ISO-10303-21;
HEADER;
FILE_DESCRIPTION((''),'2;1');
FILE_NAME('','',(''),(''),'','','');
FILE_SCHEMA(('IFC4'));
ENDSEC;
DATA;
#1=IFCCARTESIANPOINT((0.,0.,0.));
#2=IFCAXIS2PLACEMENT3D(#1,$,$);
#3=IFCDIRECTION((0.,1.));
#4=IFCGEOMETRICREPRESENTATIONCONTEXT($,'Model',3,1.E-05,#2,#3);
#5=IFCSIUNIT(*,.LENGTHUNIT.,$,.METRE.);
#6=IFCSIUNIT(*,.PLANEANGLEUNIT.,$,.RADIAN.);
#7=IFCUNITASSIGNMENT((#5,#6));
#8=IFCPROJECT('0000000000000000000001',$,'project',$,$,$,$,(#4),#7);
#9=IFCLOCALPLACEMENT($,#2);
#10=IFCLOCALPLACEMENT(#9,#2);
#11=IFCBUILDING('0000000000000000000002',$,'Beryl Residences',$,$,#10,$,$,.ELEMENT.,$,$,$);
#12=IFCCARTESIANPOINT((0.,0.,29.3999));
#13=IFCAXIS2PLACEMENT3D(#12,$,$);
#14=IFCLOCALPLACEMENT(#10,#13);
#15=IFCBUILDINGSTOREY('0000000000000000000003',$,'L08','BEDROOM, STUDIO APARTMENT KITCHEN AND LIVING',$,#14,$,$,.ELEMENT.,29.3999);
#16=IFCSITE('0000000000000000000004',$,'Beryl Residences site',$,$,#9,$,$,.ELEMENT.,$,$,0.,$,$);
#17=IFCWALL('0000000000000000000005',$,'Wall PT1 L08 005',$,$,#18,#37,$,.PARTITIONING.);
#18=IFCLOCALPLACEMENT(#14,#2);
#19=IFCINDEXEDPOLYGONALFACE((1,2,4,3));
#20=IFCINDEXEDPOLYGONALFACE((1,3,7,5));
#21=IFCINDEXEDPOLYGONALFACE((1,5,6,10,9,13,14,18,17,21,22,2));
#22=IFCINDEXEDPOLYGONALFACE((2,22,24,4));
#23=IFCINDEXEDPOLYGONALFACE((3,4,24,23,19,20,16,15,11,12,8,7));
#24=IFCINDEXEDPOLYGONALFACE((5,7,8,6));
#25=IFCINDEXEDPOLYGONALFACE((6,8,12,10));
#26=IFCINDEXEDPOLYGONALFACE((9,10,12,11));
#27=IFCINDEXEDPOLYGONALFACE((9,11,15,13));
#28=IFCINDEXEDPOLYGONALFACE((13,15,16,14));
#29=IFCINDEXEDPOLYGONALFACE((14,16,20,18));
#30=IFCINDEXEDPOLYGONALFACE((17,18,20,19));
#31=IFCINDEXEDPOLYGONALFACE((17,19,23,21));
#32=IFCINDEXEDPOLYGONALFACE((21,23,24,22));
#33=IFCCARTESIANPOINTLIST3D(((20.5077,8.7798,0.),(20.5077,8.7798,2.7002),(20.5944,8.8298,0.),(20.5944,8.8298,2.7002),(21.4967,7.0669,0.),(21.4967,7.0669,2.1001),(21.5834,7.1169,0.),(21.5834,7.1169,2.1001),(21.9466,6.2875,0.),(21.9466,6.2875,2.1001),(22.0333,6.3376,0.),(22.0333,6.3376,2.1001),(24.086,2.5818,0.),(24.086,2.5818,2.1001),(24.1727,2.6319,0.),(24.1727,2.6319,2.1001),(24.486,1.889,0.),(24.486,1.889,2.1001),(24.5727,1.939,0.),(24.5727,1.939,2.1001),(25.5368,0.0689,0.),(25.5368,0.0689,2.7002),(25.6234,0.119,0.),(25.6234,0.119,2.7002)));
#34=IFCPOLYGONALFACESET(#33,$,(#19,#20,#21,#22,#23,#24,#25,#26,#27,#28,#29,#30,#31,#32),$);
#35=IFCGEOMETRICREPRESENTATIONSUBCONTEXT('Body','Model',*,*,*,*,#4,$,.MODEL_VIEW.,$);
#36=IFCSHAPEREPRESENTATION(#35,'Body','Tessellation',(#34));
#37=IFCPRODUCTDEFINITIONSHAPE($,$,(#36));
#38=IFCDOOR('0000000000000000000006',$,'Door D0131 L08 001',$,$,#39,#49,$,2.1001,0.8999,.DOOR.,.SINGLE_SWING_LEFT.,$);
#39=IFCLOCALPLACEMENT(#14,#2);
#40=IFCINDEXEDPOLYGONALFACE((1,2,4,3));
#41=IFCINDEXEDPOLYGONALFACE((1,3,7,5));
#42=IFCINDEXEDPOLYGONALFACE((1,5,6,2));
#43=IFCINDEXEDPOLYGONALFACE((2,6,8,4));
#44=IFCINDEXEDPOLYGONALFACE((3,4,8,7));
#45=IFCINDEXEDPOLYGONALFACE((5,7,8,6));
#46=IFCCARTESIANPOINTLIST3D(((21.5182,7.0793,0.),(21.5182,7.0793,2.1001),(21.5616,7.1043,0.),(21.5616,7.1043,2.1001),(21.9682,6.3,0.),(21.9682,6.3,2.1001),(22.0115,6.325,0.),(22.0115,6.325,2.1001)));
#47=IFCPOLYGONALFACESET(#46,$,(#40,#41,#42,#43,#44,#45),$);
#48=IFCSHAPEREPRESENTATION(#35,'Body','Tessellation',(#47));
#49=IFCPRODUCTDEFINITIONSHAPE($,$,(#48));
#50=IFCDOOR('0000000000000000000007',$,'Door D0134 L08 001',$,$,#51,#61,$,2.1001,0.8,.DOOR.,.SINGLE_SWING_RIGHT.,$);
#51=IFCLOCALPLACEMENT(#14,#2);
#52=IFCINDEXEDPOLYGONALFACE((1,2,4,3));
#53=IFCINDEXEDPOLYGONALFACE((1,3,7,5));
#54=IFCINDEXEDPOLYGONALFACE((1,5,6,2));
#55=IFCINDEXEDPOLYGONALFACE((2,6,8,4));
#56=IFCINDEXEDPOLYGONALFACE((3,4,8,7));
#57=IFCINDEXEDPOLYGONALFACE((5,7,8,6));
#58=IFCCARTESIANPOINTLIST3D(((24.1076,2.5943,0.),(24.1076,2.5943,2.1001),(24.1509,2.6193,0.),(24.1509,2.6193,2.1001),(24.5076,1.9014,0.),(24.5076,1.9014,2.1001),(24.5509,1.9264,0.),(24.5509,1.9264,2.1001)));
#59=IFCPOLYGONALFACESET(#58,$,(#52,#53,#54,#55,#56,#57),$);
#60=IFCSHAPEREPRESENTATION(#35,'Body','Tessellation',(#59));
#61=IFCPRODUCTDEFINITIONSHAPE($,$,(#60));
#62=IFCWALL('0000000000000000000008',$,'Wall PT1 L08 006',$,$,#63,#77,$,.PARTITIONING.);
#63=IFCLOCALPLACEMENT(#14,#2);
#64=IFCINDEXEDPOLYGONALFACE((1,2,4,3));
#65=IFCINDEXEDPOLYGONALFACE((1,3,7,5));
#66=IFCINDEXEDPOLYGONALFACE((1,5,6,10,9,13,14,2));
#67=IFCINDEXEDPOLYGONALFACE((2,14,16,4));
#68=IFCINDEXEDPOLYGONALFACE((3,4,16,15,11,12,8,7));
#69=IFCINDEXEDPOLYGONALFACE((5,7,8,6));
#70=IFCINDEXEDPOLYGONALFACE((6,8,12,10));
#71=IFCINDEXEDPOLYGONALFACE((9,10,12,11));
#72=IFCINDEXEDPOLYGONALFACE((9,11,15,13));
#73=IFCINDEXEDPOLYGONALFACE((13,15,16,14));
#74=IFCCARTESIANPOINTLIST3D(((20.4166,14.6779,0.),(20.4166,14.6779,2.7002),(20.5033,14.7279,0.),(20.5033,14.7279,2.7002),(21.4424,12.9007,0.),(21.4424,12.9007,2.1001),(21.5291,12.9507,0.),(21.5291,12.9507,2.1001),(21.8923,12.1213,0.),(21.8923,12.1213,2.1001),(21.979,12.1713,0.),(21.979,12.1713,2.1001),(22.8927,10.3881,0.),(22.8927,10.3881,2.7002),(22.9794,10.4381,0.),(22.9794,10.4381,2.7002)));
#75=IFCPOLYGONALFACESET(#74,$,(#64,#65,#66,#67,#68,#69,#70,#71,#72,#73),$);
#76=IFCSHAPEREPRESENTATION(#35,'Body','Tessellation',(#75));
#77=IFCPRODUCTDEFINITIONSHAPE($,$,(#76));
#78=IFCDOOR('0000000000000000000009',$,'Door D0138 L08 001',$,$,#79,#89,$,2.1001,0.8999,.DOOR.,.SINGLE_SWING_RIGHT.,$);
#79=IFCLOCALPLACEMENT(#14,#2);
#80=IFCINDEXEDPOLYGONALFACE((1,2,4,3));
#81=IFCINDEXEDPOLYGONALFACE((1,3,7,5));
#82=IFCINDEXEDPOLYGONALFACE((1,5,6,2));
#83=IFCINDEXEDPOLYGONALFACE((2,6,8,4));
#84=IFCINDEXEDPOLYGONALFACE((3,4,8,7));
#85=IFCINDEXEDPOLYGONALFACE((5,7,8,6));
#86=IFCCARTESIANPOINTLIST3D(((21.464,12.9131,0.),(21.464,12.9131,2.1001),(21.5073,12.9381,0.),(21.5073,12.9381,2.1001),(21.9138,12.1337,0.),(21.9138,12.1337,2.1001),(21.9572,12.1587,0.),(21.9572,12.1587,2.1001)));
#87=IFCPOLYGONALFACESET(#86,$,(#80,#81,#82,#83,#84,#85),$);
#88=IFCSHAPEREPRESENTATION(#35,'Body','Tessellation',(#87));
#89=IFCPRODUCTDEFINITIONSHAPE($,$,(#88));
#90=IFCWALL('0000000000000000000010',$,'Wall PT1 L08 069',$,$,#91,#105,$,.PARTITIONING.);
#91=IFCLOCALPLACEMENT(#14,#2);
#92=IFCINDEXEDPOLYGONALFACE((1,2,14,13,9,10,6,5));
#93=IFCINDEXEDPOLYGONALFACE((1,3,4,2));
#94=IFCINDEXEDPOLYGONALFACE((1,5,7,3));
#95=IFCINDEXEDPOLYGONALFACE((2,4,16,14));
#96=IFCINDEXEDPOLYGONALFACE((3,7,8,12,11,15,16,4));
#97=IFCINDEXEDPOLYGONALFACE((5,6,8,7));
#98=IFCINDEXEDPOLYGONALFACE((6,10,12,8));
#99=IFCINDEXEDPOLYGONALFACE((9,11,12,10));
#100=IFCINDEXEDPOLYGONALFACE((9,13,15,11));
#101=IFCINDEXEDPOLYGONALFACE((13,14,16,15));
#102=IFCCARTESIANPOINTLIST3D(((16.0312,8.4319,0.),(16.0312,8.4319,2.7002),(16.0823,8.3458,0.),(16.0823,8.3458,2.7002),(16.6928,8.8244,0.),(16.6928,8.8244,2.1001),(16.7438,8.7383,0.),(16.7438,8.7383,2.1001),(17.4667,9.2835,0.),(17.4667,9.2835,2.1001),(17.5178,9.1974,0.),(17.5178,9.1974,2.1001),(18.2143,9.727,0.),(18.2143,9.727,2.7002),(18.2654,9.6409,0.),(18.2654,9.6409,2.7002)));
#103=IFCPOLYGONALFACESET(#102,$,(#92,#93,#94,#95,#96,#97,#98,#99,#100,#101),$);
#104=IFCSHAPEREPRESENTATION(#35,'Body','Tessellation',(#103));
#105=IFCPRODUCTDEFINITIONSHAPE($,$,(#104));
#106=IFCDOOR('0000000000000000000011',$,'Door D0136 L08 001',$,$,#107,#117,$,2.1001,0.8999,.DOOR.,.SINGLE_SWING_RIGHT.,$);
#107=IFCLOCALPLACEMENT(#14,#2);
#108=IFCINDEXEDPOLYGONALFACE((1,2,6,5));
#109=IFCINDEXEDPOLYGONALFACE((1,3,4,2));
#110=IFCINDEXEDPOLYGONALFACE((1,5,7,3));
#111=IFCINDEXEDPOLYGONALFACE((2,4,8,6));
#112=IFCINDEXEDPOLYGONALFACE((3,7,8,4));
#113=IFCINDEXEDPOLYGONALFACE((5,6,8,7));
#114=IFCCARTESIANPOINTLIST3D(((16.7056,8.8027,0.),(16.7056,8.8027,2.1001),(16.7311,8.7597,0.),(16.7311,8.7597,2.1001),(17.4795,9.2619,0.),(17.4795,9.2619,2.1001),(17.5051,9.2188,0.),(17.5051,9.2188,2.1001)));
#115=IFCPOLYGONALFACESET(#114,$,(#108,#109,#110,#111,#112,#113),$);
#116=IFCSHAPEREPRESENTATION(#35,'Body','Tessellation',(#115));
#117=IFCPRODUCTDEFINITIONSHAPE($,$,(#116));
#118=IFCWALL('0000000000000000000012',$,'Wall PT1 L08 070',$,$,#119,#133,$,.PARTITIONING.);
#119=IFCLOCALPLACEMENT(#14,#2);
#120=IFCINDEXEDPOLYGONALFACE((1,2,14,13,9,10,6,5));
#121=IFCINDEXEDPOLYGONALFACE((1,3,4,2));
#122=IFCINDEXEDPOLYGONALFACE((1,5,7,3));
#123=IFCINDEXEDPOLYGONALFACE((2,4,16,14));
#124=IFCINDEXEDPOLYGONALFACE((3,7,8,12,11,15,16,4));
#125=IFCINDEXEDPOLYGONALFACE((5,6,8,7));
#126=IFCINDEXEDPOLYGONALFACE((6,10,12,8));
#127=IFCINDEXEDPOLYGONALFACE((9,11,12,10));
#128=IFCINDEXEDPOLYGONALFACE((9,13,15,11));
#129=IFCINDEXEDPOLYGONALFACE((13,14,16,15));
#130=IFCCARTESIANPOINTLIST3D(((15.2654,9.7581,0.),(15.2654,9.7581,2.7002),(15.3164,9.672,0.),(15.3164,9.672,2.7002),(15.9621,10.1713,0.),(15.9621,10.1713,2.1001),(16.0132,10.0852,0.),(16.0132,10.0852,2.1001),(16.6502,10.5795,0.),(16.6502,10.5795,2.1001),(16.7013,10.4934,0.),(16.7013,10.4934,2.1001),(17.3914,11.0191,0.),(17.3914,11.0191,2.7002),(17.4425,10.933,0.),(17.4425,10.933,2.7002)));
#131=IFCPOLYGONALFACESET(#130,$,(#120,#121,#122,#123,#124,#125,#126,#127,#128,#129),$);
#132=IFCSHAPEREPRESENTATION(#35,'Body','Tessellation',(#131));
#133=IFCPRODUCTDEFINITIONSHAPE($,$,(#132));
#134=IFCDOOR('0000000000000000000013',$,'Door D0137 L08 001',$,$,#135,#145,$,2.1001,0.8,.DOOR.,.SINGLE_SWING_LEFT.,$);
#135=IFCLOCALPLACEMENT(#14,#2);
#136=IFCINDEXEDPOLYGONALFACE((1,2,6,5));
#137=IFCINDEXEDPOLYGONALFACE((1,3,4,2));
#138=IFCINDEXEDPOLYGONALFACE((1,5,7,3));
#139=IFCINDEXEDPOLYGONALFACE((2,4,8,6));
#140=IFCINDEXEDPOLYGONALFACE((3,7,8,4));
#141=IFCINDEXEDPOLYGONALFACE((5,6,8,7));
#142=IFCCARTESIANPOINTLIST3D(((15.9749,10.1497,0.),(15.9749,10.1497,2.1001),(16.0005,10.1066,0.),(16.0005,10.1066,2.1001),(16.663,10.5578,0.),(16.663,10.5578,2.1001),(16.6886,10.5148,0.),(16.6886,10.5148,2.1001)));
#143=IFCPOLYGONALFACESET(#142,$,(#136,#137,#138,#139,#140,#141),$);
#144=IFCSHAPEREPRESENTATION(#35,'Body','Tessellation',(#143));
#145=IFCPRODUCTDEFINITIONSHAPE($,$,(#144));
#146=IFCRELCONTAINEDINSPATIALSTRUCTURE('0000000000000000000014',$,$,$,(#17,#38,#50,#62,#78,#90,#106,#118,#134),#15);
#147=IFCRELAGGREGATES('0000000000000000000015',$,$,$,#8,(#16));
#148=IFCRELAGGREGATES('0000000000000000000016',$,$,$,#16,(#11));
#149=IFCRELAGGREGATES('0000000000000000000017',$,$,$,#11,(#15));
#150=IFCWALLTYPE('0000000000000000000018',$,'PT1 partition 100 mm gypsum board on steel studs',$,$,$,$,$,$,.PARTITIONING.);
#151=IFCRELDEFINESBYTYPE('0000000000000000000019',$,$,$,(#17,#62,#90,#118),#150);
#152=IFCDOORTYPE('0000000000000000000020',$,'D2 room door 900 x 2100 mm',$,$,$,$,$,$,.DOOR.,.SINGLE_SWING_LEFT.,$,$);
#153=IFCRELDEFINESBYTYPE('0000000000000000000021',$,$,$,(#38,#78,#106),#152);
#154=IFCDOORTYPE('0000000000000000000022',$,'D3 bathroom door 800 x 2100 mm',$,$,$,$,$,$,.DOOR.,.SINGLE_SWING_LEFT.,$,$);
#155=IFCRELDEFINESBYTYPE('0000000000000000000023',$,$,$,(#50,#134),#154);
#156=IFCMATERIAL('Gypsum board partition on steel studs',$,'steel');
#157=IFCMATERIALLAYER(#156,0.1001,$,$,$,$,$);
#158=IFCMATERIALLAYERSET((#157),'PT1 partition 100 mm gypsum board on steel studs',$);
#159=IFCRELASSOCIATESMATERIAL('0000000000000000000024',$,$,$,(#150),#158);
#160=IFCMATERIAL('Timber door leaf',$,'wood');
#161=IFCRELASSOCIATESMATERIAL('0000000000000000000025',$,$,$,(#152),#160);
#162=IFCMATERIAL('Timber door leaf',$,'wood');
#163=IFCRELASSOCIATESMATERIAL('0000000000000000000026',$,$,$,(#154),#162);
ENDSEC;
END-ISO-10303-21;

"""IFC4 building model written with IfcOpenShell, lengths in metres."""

from ifc_helpers import new_model, si_unit, direction, frame, frame_2d, origin, place, context, subcontext, project, spatial, rectangle, extrude, material, layer, layer_set, type_object, element, fill, save


model = new_model("IFC4")

# Units and contexts
model_context = context("Model", 3, precision=1e-05, world=origin(), true_north=direction((0.0, 1.0)))
body_context = subcontext(model_context, "Body", "Model", "MODEL_VIEW")
ifc_project = project(units=[si_unit("LENGTHUNIT", "METRE"), si_unit("PLANEANGLEUNIT", "RADIAN")], contexts=[model_context])

# Site, building, storey
site_placement = place(None, origin())
site = spatial("IfcSite", under=ifc_project, at=site_placement, Name="Beryl Residences site", CompositionType="ELEMENT", RefElevation=0.0)
building_placement = place(site_placement, origin())
building = spatial("IfcBuilding", under=site, at=building_placement, Name="Beryl Residences", CompositionType="ELEMENT")
storey_placement = place(building_placement, frame((0.0, 0.0, 29.3999)))
storey = spatial("IfcBuildingStorey", under=building, at=storey_placement, Name="L08", Description="BEDROOM, STUDIO APARTMENT KITCHEN AND LIVING", CompositionType="ELEMENT", Elevation=29.3999)

# Shared definitions
ifc_material_1 = material(Name="Gypsum board partition on steel studs", Category="steel")
ifc_layer_1 = layer(ifc_material_1, 0.1001)
ifc_layer_set_1 = layer_set([ifc_layer_1], Name="PT1 partition 100 mm gypsum board on steel studs")
wall_type_1 = type_object("IfcWallType", Name="PT1 partition 100 mm gypsum board on steel studs", PredefinedType="PARTITIONING", material=ifc_layer_set_1)

# Wall, openings, doors
wall_1_placement = place(storey_placement, frame((20.551, 8.8049, 0.0), z_axis=(0.0, 0.0, 1.0), x_axis=(0.499984, -0.866034, 0.0)))
wall_1 = element("IfcWall", 1, at=wall_1_placement, inside=storey, type_object=wall_type_1, Name="Wall PT1 L08 005", PredefinedType="PARTITIONING", context=body_context, shape_type="SweptSolid", body=[
    extrude(rectangle(XDim=10.0583, YDim=0.1001, at=frame_2d((5.0293, 0.0))), origin(), (0.0, 0.0, 1.0), 2.7002),
])
opening_1_placement = place(wall_1_placement, frame((1.978, 0.0, 0.0)))
opening_1 = element("IfcOpeningElement", 2, at=opening_1_placement, cuts=wall_1, PredefinedType="OPENING", context=body_context, shape_type="SweptSolid", body=[
    extrude(rectangle(XDim=0.8999, YDim=2.1001, at=frame_2d((0.45, 1.05))), frame((0.0, 0.0601, 0.0), z_axis=(0.0, -1.0, 0.0), x_axis=(1.0, 0.0, 0.0)), (0.0, 0.0, 1.0), 0.1201),
])
opening_2_placement = place(wall_1_placement, frame((7.157, 0.0, 0.0)))
opening_2 = element("IfcOpeningElement", 3, at=opening_2_placement, cuts=wall_1, PredefinedType="OPENING", context=body_context, shape_type="SweptSolid", body=[
    extrude(rectangle(XDim=0.8, YDim=2.1001, at=frame_2d((0.3999, 1.05))), frame((0.0, 0.0601, 0.0), z_axis=(0.0, -1.0, 0.0), x_axis=(1.0, 0.0, 0.0)), (0.0, 0.0, 1.0), 0.1201),
])
ifc_material_2 = material(Name="Timber door leaf", Category="wood")
door_type_1 = type_object("IfcDoorType", Name="D2 room door 900 x 2100 mm", OperationType="SINGLE_SWING_LEFT", PredefinedType="DOOR", material=ifc_material_2)
door_1_placement = place(opening_1_placement, origin())
door_1 = element("IfcDoor", 4, at=door_1_placement, inside=storey, type_object=door_type_1, Name="Door D0131 L08 001", OperationType="SINGLE_SWING_LEFT", OverallHeight=2.1001, OverallWidth=0.8999, PredefinedType="DOOR", context=body_context, shape_type="SweptSolid", body=[
    extrude(rectangle(XDim=0.8999, YDim=2.1001, at=frame_2d((0.45, 1.05))), frame((0.0, 0.0249, 0.0), z_axis=(0.0, -1.0, 0.0), x_axis=(1.0, 0.0, 0.0)), (0.0, 0.0, 1.0), 0.05),
])
fill(opening_1, door_1)
ifc_material_3 = material(Name="Timber door leaf", Category="wood")
door_type_2 = type_object("IfcDoorType", Name="D3 bathroom door 800 x 2100 mm", OperationType="SINGLE_SWING_LEFT", PredefinedType="DOOR", material=ifc_material_3)
door_2_placement = place(opening_2_placement, origin())
door_2 = element("IfcDoor", 5, at=door_2_placement, inside=storey, type_object=door_type_2, Name="Door D0134 L08 001", OperationType="SINGLE_SWING_RIGHT", OverallHeight=2.1001, OverallWidth=0.8, PredefinedType="DOOR", context=body_context, shape_type="SweptSolid", body=[
    extrude(rectangle(XDim=0.8, YDim=2.1001, at=frame_2d((0.3999, 1.05))), frame((0.0, 0.0249, 0.0), z_axis=(0.0, -1.0, 0.0), x_axis=(1.0, 0.0, 0.0)), (0.0, 0.0, 1.0), 0.05),
])
fill(opening_2, door_2)

# Walls, openings, doors
wall_2_placement = place(storey_placement, frame((20.46, 14.7029, 0.0), z_axis=(0.0, 0.0, 1.0), x_axis=(0.499903, -0.866081, 0.0)))
wall_2 = element("IfcWall", 6, at=wall_2_placement, inside=storey, type_object=wall_type_1, Name="Wall PT1 L08 006", PredefinedType="PARTITIONING", context=body_context, shape_type="SweptSolid", body=[
    extrude(rectangle(XDim=4.9531, YDim=0.1001, at=frame_2d((2.4766, 0.0))), origin(), (0.0, 0.0, 1.0), 2.7002),
])
opening_3_placement = place(wall_2_placement, frame((2.052, 0.0, 0.0)))
opening_3 = element("IfcOpeningElement", 7, at=opening_3_placement, cuts=wall_2, PredefinedType="OPENING", context=body_context, shape_type="SweptSolid", body=[
    extrude(rectangle(XDim=0.8999, YDim=2.1001, at=frame_2d((0.45, 1.05))), frame((0.0, 0.0601, 0.0), z_axis=(0.0, -1.0, 0.0), x_axis=(1.0, 0.0, 0.0)), (0.0, 0.0, 1.0), 0.1201),
])
door_3_placement = place(opening_3_placement, origin())
door_3 = element("IfcDoor", 8, at=door_3_placement, inside=storey, type_object=door_type_1, Name="Door D0138 L08 001", OperationType="SINGLE_SWING_RIGHT", OverallHeight=2.1001, OverallWidth=0.8999, PredefinedType="DOOR", context=body_context, shape_type="SweptSolid", body=[
    extrude(rectangle(XDim=0.8999, YDim=2.1001, at=frame_2d((0.45, 1.05))), frame((0.0, 0.0249, 0.0), z_axis=(0.0, -1.0, 0.0), x_axis=(1.0, 0.0, 0.0)), (0.0, 0.0, 1.0), 0.05),
])
fill(opening_3, door_3)
wall_3_placement = place(storey_placement, frame((16.0569, 8.3889, 0.0), z_axis=(0.0, 0.0, 1.0), x_axis=(0.860037, 0.510232, 0.0)))
wall_3 = element("IfcWall", 9, at=wall_3_placement, inside=storey, type_object=wall_type_1, Name="Wall PT1 L08 069", PredefinedType="PARTITIONING", context=body_context, shape_type="SweptSolid", body=[
    extrude(rectangle(XDim=2.5383, YDim=0.1001, at=frame_2d((1.269, 0.0))), origin(), (0.0, 0.0, 1.0), 2.7002),
])
opening_4_placement = place(wall_3_placement, frame((0.769, 0.0, 0.0)))
opening_4 = element("IfcOpeningElement", 10, at=opening_4_placement, cuts=wall_3, PredefinedType="OPENING", context=body_context, shape_type="SweptSolid", body=[
    extrude(rectangle(XDim=0.8999, YDim=2.1001, at=frame_2d((0.45, 1.05))), frame((0.0, 0.0601, 0.0), z_axis=(0.0, -1.0, 0.0), x_axis=(1.0, 0.0, 0.0)), (0.0, 0.0, 1.0), 0.1201),
])
door_4_placement = place(opening_4_placement, origin())
door_4 = element("IfcDoor", 11, at=door_4_placement, inside=storey, type_object=door_type_1, Name="Door D0136 L08 001", OperationType="SINGLE_SWING_RIGHT", OverallHeight=2.1001, OverallWidth=0.8999, PredefinedType="DOOR", context=body_context, shape_type="SweptSolid", body=[
    extrude(rectangle(XDim=0.8999, YDim=2.1001, at=frame_2d((0.45, 1.05))), frame((0.0, 0.0249, 0.0), z_axis=(0.0, -1.0, 0.0), x_axis=(1.0, 0.0, 0.0)), (0.0, 0.0, 1.0), 0.05),
])
fill(opening_4, door_4)
wall_4_placement = place(storey_placement, frame((15.291, 9.7151, 0.0), z_axis=(0.0, 0.0, 1.0), x_axis=(0.860088, 0.510146, 0.0)))
wall_4 = element("IfcWall", 12, at=wall_4_placement, inside=storey, type_object=wall_type_1, Name="Wall PT1 L08 070", PredefinedType="PARTITIONING", context=body_context, shape_type="SweptSolid", body=[
    extrude(rectangle(XDim=2.4719, YDim=0.1001, at=frame_2d((1.2358, 0.0))), origin(), (0.0, 0.0, 1.0), 2.7002),
])
opening_5_placement = place(wall_4_placement, frame((0.8101, 0.0, 0.0)))
opening_5 = element("IfcOpeningElement", 13, at=opening_5_placement, cuts=wall_4, PredefinedType="OPENING", context=body_context, shape_type="SweptSolid", body=[
    extrude(rectangle(XDim=0.8, YDim=2.1001, at=frame_2d((0.3999, 1.05))), frame((0.0, 0.0601, 0.0), z_axis=(0.0, -1.0, 0.0), x_axis=(1.0, 0.0, 0.0)), (0.0, 0.0, 1.0), 0.1201),
])
door_5_placement = place(opening_5_placement, origin())
door_5 = element("IfcDoor", 14, at=door_5_placement, inside=storey, type_object=door_type_2, Name="Door D0137 L08 001", OperationType="SINGLE_SWING_LEFT", OverallHeight=2.1001, OverallWidth=0.8, PredefinedType="DOOR", context=body_context, shape_type="SweptSolid", body=[
    extrude(rectangle(XDim=0.8, YDim=2.1001, at=frame_2d((0.3999, 1.05))), frame((0.0, 0.0249, 0.0), z_axis=(0.0, -1.0, 0.0), x_axis=(1.0, 0.0, 0.0)), (0.0, 0.0, 1.0), 0.05),
])
fill(opening_5, door_5)

save(model, "model.ifc")
